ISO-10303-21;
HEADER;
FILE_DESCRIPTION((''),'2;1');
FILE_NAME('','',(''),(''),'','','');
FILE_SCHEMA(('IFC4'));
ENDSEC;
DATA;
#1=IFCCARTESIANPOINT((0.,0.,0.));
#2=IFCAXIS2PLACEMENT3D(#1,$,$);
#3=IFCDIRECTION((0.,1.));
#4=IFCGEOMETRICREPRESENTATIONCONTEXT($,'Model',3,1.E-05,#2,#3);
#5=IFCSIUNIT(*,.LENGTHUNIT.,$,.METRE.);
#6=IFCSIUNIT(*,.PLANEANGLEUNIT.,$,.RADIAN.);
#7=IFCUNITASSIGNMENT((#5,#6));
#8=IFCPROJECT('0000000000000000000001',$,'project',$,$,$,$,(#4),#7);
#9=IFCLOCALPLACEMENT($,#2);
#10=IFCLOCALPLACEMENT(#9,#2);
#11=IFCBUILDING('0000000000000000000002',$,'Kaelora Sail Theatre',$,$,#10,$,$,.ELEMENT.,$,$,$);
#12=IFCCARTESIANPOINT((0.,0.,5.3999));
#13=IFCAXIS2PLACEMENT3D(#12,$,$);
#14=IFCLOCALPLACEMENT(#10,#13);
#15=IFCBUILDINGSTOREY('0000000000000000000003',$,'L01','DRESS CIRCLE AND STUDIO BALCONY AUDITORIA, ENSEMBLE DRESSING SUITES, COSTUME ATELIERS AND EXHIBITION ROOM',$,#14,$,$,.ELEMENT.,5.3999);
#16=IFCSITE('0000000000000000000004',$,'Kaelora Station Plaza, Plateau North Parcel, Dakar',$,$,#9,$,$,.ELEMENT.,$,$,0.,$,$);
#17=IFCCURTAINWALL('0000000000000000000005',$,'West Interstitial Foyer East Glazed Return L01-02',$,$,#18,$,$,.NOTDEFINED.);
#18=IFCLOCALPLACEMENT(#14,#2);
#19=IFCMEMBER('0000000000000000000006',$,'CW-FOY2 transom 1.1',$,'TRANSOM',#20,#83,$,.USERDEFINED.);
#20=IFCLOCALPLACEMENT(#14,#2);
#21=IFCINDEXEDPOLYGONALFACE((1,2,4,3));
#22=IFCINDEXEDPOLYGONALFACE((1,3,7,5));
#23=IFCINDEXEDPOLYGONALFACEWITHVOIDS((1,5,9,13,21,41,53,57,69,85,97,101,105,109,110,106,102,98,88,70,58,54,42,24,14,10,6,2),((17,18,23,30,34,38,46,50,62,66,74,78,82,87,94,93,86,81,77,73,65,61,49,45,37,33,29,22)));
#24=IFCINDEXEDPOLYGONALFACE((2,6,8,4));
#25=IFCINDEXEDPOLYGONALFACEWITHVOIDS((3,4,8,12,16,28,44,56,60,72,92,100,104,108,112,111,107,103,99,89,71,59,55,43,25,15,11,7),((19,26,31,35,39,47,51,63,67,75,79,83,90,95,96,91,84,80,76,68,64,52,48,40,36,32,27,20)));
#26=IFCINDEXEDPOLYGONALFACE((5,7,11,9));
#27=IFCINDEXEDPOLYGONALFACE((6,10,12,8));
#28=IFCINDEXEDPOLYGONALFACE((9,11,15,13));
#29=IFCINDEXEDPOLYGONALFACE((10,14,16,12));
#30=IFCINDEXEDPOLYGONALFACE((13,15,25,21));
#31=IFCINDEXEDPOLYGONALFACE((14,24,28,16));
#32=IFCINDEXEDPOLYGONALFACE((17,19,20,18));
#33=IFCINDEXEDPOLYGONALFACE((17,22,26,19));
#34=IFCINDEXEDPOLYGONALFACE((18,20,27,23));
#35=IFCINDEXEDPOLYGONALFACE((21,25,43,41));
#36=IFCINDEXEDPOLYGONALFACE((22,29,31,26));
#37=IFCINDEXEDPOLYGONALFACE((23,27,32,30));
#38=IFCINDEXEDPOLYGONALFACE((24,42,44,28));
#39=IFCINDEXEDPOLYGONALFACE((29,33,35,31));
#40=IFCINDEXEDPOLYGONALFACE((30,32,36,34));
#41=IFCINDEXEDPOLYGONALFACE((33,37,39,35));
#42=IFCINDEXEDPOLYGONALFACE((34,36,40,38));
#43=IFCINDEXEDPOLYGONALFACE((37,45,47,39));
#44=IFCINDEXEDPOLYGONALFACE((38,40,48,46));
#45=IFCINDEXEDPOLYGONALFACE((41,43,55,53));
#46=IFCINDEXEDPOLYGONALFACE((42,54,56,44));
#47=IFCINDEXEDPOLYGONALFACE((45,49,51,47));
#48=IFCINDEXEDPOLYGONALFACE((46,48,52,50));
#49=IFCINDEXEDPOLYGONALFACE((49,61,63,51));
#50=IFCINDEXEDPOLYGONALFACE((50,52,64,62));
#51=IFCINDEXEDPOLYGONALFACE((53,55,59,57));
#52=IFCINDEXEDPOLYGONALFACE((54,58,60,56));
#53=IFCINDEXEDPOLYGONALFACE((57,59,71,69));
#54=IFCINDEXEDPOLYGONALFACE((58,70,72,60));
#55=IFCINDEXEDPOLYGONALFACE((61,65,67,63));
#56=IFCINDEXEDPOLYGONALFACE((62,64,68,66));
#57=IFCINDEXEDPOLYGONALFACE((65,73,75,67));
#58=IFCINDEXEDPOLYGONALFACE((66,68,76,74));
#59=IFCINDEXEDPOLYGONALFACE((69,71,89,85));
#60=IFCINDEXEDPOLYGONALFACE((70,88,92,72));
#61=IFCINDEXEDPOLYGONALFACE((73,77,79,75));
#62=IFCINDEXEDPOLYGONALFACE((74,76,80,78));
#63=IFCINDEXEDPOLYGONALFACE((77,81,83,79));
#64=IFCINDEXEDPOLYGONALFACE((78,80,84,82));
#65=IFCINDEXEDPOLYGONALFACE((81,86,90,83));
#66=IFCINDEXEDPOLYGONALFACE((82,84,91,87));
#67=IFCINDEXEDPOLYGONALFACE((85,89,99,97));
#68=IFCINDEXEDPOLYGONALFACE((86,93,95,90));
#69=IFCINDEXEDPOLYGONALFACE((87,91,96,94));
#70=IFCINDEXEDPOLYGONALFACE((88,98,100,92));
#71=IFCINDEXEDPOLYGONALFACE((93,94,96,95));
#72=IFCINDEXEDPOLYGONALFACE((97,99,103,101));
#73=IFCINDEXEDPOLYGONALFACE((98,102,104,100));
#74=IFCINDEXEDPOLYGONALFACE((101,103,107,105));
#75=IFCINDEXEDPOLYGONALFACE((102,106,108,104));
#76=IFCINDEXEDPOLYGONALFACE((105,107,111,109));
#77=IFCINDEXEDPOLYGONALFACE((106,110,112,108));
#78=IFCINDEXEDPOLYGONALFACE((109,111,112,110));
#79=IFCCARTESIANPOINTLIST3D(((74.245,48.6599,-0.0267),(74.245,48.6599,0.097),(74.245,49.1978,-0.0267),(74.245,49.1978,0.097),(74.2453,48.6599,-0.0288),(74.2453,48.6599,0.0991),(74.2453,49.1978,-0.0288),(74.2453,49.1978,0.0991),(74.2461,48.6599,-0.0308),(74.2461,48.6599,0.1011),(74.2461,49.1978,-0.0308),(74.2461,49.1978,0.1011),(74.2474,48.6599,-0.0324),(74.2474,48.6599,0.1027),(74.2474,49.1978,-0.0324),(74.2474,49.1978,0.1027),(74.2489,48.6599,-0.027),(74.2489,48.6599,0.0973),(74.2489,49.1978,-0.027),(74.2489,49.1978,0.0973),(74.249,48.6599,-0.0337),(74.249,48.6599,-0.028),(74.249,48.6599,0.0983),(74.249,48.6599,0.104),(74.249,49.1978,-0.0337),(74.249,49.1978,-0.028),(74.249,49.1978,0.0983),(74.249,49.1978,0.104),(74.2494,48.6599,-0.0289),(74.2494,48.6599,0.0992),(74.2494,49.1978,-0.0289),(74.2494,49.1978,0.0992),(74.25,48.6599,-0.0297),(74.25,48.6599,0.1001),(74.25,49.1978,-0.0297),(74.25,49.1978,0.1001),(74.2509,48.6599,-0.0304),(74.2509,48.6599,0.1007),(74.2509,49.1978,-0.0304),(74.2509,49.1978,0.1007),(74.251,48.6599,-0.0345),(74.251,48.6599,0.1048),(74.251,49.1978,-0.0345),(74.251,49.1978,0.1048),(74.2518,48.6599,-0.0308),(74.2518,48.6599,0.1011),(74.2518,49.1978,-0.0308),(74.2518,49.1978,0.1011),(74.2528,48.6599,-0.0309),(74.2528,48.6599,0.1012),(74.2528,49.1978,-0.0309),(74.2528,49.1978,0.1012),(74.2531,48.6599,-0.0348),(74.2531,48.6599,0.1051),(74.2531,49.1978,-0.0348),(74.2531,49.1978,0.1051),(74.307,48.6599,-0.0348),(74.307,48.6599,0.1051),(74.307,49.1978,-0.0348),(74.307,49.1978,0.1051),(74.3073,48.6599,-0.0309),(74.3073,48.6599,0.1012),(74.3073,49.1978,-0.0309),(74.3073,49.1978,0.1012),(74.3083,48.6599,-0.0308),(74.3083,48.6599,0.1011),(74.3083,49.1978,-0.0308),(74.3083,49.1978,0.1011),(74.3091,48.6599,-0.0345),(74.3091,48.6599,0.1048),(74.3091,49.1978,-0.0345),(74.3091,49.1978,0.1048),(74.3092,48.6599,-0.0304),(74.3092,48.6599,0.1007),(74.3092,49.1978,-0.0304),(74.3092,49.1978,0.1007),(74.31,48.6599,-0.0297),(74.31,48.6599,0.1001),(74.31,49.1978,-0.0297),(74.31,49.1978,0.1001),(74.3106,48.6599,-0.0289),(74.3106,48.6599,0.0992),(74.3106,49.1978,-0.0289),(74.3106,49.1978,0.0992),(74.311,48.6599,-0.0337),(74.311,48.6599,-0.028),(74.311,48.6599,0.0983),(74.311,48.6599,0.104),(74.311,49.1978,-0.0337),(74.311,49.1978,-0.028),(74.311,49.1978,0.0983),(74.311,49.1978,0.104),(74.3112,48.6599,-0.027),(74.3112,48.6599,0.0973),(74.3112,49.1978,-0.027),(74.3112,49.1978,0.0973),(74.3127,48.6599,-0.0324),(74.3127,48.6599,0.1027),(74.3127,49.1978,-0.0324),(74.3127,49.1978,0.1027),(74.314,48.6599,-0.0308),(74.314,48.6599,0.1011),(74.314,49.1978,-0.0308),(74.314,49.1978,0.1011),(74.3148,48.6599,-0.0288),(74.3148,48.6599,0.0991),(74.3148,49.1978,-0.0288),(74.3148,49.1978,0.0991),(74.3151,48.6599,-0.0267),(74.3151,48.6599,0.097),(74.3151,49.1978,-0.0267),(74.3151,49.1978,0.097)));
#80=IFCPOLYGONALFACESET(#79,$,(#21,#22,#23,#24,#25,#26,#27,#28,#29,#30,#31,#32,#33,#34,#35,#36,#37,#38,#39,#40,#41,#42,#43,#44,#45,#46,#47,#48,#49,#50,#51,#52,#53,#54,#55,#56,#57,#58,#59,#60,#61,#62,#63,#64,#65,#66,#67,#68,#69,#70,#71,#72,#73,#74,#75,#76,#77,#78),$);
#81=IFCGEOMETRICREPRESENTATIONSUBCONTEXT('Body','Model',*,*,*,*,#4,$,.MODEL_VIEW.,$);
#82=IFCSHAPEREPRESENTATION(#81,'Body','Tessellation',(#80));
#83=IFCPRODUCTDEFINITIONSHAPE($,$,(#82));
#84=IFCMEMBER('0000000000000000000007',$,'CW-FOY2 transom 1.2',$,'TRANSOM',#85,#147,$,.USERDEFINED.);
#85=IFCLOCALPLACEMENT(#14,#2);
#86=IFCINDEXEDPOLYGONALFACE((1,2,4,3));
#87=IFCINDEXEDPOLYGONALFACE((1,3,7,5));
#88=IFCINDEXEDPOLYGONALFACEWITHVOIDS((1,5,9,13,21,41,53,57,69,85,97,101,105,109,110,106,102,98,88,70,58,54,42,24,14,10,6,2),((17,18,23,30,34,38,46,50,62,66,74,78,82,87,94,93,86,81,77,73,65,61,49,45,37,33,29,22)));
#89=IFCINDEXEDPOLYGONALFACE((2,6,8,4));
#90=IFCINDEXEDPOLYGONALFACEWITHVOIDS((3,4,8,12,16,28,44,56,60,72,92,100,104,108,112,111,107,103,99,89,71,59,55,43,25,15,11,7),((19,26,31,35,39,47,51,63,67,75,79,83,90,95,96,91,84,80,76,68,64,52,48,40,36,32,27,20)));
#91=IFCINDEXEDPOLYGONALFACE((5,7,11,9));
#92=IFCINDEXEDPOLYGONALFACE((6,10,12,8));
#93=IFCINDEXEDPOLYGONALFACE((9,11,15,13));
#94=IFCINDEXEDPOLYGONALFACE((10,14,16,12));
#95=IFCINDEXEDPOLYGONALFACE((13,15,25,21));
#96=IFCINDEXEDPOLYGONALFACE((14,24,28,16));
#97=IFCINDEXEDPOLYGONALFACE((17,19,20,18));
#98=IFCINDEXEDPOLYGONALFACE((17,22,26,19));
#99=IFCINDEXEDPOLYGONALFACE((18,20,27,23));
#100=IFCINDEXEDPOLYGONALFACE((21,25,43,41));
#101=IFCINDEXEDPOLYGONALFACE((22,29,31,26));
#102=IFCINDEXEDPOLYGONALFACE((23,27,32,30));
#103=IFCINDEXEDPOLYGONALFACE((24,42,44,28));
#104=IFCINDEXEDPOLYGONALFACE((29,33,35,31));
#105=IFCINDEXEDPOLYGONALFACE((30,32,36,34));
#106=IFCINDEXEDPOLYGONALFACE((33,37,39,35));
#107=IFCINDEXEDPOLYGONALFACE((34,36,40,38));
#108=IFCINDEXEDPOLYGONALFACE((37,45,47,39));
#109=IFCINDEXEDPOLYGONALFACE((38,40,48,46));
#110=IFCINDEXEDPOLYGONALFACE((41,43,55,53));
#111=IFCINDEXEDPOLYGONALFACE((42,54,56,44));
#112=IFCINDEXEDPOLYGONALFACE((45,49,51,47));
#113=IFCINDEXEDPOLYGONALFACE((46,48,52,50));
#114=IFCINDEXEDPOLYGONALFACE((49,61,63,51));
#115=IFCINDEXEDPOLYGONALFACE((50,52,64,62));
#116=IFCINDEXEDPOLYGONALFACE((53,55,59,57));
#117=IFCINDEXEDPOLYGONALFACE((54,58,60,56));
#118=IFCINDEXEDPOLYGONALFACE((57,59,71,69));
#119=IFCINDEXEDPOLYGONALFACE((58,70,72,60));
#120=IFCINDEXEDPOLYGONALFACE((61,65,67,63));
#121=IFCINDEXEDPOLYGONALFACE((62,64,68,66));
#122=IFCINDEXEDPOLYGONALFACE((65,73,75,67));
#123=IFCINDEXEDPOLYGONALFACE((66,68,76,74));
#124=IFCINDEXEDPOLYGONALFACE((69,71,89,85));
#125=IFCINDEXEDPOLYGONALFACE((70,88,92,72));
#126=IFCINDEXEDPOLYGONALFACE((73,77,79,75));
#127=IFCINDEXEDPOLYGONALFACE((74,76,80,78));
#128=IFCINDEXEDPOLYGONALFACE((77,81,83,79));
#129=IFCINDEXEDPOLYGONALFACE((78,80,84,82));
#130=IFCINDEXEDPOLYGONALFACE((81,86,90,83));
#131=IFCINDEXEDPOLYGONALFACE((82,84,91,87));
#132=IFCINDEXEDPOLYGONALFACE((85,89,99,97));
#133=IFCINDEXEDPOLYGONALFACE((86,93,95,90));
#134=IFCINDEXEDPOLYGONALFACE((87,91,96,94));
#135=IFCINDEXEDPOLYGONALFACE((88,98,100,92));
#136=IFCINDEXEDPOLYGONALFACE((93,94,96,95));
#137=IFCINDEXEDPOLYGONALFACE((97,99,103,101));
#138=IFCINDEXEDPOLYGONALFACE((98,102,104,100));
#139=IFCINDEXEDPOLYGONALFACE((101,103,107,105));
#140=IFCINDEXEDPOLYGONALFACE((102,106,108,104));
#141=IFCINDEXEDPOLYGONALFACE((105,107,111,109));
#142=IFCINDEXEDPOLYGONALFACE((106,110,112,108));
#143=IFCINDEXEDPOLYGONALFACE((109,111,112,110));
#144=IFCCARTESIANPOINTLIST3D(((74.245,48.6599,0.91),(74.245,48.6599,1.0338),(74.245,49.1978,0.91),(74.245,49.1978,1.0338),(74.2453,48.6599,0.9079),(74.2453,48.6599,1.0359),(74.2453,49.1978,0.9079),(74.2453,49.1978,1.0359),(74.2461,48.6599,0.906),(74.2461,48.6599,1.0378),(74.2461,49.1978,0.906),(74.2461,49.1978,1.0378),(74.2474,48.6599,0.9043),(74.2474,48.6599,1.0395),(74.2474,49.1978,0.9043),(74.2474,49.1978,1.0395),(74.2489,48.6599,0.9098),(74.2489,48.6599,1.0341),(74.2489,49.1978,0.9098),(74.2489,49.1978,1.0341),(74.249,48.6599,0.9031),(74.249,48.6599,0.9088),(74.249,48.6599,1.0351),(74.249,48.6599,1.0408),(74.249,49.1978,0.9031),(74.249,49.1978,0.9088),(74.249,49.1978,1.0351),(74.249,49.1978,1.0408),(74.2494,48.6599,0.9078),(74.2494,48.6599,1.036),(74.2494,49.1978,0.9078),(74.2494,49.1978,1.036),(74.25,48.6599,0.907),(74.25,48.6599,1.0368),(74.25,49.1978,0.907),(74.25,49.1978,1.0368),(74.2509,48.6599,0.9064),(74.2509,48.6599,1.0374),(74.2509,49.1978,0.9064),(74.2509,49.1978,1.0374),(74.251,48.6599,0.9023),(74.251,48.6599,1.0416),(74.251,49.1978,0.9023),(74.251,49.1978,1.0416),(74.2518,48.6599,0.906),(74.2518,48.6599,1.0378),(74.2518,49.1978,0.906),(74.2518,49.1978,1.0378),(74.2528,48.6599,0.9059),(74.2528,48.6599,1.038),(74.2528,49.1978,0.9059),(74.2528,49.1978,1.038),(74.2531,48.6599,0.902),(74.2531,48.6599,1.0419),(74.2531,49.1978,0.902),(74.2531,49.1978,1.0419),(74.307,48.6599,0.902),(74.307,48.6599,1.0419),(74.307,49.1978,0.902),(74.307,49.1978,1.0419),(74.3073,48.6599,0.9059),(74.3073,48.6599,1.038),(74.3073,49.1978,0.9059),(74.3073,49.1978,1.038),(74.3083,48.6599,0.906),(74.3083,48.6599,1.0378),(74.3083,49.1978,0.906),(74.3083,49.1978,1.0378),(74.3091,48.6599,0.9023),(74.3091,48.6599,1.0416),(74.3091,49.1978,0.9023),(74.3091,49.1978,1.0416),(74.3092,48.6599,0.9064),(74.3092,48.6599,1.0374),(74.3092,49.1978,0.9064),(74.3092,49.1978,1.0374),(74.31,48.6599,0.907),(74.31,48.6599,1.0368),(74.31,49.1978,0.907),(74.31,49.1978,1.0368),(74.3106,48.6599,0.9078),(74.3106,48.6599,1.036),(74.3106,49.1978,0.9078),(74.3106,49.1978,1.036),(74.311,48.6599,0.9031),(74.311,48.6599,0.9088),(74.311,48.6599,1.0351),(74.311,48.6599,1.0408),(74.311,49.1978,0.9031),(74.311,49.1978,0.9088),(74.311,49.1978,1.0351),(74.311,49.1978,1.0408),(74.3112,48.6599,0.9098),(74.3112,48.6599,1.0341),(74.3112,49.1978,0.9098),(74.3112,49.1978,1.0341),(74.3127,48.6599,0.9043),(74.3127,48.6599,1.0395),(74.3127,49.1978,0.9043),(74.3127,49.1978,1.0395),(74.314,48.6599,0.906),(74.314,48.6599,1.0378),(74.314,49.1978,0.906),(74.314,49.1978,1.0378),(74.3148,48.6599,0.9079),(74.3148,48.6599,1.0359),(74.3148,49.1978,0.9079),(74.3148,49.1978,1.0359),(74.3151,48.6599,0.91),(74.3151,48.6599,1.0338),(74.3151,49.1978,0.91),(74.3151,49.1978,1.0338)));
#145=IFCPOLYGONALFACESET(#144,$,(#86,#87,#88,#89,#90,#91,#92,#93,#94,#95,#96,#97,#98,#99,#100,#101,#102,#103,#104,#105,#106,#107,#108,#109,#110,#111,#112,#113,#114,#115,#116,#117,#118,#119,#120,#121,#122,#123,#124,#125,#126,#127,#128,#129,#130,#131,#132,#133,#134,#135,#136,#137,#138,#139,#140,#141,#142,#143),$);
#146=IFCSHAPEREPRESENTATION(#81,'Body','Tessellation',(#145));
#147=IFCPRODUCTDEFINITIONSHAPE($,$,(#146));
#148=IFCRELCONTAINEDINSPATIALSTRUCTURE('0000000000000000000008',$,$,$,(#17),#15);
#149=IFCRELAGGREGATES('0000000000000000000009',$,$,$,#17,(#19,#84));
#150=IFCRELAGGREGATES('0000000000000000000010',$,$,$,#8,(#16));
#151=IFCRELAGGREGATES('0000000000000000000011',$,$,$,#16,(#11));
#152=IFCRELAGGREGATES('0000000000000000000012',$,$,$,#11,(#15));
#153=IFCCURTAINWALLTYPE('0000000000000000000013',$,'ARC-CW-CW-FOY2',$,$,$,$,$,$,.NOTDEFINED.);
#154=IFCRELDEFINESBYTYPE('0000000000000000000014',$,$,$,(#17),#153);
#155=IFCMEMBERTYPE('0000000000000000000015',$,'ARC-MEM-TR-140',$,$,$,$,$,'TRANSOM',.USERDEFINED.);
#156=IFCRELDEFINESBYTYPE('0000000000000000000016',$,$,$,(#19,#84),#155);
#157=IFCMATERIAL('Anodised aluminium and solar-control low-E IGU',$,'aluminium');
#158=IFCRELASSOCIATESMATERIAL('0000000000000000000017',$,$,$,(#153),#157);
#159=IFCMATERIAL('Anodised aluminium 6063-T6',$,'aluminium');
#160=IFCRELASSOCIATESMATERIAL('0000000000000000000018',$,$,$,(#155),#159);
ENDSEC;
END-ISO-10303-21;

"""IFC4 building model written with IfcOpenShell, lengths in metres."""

from ifc_helpers import new_model, si_unit, direction, frame, origin, origin_2d, place, context, subcontext, project, spatial, hollow_rectangle, extrude, material, material_profile, profile_set, type_object, element, aggregate, save


model = new_model("IFC4")

# Units and contexts
model_context = context("Model", 3, precision=1e-05, world=origin(), true_north=direction((0.0, 1.0)))
body_context = subcontext(model_context, "Body", "Model", "MODEL_VIEW")
ifc_project = project(units=[si_unit("LENGTHUNIT", "METRE"), si_unit("PLANEANGLEUNIT", "RADIAN")], contexts=[model_context])

# Site, building, storey
site_placement = place(None, origin())
site = spatial("IfcSite", under=ifc_project, at=site_placement, Name="Kaelora Station Plaza, Plateau North Parcel, Dakar", CompositionType="ELEMENT", RefElevation=0.0)
building_placement = place(site_placement, origin())
building = spatial("IfcBuilding", under=site, at=building_placement, Name="Kaelora Sail Theatre", CompositionType="ELEMENT")
storey_placement = place(building_placement, frame((0.0, 0.0, 5.3999)))
storey = spatial("IfcBuildingStorey", under=building, at=storey_placement, Name="L01", Description="DRESS CIRCLE AND STUDIO BALCONY AUDITORIA, ENSEMBLE DRESSING SUITES, COSTUME ATELIERS AND EXHIBITION ROOM", CompositionType="ELEMENT", Elevation=5.3999)

# Shared definitions
ifc_material_1 = material(Name="Anodised aluminium and solar-control low-E IGU", Category="aluminium")
curtain_wall_type = type_object("IfcCurtainWallType", Name="ARC-CW-CW-FOY2", PredefinedType="NOTDEFINED", material=ifc_material_1)

# Curtain wall, members
curtain_wall_1_placement = place(storey_placement, origin())
curtain_wall_1 = element("IfcCurtainWall", 1, at=curtain_wall_1_placement, inside=storey, type_object=curtain_wall_type, Name="West Interstitial Foyer East Glazed Return L01-02", PredefinedType="NOTDEFINED")
ifc_material_2 = material(Name="Anodised aluminium 6063-T6", Category="aluminium")
ifc_material_profile_1 = material_profile(ifc_material_2, hollow_rectangle(XDim=0.0701, YDim=0.1399, WallThickness=0.0039, InnerFilletRadius=0.0039, OuterFilletRadius=0.0081, at=origin_2d()), Name="ALU-TRAN 70x140x4")
ifc_profile_set_1 = profile_set([ifc_material_profile_1], Name="Anodised aluminium 6063-T6")
member_type_1 = type_object("IfcMemberType", Name="ARC-MEM-TR-140", ElementType="TRANSOM", PredefinedType="USERDEFINED", material=ifc_profile_set_1)
member_1_placement = place(storey_placement, frame((74.28, 48.6599, 0.0352), z_axis=(0.0, 1.0, 0.0), x_axis=(-1.0, 0.0, 0.0)))
member_1 = element("IfcMember", 2, at=member_1_placement, type_object=member_type_1, Name="CW-FOY2 transom 1.1", ObjectType="TRANSOM", PredefinedType="USERDEFINED", context=body_context, shape_type="SweptSolid", body=[
    extrude(hollow_rectangle(XDim=0.0701, YDim=0.1399, WallThickness=0.0039, InnerFilletRadius=0.0039, OuterFilletRadius=0.0081, at=origin_2d()), origin(), (0.0, 0.0, 1.0), 0.5378),
])
member_2_placement = place(storey_placement, frame((74.28, 48.6599, 0.9719), z_axis=(0.0, 1.0, 0.0), x_axis=(-1.0, 0.0, 0.0)))
member_2 = element("IfcMember", 3, at=member_2_placement, type_object=member_type_1, Name="CW-FOY2 transom 1.2", ObjectType="TRANSOM", PredefinedType="USERDEFINED", context=body_context, shape_type="SweptSolid", body=[
    extrude(hollow_rectangle(XDim=0.0701, YDim=0.1399, WallThickness=0.0039, InnerFilletRadius=0.0039, OuterFilletRadius=0.0081, at=origin_2d()), origin(), (0.0, 0.0, 1.0), 0.5378),
])
aggregate(curtain_wall_1, [member_1, member_2])

save(model, "model.ifc")
